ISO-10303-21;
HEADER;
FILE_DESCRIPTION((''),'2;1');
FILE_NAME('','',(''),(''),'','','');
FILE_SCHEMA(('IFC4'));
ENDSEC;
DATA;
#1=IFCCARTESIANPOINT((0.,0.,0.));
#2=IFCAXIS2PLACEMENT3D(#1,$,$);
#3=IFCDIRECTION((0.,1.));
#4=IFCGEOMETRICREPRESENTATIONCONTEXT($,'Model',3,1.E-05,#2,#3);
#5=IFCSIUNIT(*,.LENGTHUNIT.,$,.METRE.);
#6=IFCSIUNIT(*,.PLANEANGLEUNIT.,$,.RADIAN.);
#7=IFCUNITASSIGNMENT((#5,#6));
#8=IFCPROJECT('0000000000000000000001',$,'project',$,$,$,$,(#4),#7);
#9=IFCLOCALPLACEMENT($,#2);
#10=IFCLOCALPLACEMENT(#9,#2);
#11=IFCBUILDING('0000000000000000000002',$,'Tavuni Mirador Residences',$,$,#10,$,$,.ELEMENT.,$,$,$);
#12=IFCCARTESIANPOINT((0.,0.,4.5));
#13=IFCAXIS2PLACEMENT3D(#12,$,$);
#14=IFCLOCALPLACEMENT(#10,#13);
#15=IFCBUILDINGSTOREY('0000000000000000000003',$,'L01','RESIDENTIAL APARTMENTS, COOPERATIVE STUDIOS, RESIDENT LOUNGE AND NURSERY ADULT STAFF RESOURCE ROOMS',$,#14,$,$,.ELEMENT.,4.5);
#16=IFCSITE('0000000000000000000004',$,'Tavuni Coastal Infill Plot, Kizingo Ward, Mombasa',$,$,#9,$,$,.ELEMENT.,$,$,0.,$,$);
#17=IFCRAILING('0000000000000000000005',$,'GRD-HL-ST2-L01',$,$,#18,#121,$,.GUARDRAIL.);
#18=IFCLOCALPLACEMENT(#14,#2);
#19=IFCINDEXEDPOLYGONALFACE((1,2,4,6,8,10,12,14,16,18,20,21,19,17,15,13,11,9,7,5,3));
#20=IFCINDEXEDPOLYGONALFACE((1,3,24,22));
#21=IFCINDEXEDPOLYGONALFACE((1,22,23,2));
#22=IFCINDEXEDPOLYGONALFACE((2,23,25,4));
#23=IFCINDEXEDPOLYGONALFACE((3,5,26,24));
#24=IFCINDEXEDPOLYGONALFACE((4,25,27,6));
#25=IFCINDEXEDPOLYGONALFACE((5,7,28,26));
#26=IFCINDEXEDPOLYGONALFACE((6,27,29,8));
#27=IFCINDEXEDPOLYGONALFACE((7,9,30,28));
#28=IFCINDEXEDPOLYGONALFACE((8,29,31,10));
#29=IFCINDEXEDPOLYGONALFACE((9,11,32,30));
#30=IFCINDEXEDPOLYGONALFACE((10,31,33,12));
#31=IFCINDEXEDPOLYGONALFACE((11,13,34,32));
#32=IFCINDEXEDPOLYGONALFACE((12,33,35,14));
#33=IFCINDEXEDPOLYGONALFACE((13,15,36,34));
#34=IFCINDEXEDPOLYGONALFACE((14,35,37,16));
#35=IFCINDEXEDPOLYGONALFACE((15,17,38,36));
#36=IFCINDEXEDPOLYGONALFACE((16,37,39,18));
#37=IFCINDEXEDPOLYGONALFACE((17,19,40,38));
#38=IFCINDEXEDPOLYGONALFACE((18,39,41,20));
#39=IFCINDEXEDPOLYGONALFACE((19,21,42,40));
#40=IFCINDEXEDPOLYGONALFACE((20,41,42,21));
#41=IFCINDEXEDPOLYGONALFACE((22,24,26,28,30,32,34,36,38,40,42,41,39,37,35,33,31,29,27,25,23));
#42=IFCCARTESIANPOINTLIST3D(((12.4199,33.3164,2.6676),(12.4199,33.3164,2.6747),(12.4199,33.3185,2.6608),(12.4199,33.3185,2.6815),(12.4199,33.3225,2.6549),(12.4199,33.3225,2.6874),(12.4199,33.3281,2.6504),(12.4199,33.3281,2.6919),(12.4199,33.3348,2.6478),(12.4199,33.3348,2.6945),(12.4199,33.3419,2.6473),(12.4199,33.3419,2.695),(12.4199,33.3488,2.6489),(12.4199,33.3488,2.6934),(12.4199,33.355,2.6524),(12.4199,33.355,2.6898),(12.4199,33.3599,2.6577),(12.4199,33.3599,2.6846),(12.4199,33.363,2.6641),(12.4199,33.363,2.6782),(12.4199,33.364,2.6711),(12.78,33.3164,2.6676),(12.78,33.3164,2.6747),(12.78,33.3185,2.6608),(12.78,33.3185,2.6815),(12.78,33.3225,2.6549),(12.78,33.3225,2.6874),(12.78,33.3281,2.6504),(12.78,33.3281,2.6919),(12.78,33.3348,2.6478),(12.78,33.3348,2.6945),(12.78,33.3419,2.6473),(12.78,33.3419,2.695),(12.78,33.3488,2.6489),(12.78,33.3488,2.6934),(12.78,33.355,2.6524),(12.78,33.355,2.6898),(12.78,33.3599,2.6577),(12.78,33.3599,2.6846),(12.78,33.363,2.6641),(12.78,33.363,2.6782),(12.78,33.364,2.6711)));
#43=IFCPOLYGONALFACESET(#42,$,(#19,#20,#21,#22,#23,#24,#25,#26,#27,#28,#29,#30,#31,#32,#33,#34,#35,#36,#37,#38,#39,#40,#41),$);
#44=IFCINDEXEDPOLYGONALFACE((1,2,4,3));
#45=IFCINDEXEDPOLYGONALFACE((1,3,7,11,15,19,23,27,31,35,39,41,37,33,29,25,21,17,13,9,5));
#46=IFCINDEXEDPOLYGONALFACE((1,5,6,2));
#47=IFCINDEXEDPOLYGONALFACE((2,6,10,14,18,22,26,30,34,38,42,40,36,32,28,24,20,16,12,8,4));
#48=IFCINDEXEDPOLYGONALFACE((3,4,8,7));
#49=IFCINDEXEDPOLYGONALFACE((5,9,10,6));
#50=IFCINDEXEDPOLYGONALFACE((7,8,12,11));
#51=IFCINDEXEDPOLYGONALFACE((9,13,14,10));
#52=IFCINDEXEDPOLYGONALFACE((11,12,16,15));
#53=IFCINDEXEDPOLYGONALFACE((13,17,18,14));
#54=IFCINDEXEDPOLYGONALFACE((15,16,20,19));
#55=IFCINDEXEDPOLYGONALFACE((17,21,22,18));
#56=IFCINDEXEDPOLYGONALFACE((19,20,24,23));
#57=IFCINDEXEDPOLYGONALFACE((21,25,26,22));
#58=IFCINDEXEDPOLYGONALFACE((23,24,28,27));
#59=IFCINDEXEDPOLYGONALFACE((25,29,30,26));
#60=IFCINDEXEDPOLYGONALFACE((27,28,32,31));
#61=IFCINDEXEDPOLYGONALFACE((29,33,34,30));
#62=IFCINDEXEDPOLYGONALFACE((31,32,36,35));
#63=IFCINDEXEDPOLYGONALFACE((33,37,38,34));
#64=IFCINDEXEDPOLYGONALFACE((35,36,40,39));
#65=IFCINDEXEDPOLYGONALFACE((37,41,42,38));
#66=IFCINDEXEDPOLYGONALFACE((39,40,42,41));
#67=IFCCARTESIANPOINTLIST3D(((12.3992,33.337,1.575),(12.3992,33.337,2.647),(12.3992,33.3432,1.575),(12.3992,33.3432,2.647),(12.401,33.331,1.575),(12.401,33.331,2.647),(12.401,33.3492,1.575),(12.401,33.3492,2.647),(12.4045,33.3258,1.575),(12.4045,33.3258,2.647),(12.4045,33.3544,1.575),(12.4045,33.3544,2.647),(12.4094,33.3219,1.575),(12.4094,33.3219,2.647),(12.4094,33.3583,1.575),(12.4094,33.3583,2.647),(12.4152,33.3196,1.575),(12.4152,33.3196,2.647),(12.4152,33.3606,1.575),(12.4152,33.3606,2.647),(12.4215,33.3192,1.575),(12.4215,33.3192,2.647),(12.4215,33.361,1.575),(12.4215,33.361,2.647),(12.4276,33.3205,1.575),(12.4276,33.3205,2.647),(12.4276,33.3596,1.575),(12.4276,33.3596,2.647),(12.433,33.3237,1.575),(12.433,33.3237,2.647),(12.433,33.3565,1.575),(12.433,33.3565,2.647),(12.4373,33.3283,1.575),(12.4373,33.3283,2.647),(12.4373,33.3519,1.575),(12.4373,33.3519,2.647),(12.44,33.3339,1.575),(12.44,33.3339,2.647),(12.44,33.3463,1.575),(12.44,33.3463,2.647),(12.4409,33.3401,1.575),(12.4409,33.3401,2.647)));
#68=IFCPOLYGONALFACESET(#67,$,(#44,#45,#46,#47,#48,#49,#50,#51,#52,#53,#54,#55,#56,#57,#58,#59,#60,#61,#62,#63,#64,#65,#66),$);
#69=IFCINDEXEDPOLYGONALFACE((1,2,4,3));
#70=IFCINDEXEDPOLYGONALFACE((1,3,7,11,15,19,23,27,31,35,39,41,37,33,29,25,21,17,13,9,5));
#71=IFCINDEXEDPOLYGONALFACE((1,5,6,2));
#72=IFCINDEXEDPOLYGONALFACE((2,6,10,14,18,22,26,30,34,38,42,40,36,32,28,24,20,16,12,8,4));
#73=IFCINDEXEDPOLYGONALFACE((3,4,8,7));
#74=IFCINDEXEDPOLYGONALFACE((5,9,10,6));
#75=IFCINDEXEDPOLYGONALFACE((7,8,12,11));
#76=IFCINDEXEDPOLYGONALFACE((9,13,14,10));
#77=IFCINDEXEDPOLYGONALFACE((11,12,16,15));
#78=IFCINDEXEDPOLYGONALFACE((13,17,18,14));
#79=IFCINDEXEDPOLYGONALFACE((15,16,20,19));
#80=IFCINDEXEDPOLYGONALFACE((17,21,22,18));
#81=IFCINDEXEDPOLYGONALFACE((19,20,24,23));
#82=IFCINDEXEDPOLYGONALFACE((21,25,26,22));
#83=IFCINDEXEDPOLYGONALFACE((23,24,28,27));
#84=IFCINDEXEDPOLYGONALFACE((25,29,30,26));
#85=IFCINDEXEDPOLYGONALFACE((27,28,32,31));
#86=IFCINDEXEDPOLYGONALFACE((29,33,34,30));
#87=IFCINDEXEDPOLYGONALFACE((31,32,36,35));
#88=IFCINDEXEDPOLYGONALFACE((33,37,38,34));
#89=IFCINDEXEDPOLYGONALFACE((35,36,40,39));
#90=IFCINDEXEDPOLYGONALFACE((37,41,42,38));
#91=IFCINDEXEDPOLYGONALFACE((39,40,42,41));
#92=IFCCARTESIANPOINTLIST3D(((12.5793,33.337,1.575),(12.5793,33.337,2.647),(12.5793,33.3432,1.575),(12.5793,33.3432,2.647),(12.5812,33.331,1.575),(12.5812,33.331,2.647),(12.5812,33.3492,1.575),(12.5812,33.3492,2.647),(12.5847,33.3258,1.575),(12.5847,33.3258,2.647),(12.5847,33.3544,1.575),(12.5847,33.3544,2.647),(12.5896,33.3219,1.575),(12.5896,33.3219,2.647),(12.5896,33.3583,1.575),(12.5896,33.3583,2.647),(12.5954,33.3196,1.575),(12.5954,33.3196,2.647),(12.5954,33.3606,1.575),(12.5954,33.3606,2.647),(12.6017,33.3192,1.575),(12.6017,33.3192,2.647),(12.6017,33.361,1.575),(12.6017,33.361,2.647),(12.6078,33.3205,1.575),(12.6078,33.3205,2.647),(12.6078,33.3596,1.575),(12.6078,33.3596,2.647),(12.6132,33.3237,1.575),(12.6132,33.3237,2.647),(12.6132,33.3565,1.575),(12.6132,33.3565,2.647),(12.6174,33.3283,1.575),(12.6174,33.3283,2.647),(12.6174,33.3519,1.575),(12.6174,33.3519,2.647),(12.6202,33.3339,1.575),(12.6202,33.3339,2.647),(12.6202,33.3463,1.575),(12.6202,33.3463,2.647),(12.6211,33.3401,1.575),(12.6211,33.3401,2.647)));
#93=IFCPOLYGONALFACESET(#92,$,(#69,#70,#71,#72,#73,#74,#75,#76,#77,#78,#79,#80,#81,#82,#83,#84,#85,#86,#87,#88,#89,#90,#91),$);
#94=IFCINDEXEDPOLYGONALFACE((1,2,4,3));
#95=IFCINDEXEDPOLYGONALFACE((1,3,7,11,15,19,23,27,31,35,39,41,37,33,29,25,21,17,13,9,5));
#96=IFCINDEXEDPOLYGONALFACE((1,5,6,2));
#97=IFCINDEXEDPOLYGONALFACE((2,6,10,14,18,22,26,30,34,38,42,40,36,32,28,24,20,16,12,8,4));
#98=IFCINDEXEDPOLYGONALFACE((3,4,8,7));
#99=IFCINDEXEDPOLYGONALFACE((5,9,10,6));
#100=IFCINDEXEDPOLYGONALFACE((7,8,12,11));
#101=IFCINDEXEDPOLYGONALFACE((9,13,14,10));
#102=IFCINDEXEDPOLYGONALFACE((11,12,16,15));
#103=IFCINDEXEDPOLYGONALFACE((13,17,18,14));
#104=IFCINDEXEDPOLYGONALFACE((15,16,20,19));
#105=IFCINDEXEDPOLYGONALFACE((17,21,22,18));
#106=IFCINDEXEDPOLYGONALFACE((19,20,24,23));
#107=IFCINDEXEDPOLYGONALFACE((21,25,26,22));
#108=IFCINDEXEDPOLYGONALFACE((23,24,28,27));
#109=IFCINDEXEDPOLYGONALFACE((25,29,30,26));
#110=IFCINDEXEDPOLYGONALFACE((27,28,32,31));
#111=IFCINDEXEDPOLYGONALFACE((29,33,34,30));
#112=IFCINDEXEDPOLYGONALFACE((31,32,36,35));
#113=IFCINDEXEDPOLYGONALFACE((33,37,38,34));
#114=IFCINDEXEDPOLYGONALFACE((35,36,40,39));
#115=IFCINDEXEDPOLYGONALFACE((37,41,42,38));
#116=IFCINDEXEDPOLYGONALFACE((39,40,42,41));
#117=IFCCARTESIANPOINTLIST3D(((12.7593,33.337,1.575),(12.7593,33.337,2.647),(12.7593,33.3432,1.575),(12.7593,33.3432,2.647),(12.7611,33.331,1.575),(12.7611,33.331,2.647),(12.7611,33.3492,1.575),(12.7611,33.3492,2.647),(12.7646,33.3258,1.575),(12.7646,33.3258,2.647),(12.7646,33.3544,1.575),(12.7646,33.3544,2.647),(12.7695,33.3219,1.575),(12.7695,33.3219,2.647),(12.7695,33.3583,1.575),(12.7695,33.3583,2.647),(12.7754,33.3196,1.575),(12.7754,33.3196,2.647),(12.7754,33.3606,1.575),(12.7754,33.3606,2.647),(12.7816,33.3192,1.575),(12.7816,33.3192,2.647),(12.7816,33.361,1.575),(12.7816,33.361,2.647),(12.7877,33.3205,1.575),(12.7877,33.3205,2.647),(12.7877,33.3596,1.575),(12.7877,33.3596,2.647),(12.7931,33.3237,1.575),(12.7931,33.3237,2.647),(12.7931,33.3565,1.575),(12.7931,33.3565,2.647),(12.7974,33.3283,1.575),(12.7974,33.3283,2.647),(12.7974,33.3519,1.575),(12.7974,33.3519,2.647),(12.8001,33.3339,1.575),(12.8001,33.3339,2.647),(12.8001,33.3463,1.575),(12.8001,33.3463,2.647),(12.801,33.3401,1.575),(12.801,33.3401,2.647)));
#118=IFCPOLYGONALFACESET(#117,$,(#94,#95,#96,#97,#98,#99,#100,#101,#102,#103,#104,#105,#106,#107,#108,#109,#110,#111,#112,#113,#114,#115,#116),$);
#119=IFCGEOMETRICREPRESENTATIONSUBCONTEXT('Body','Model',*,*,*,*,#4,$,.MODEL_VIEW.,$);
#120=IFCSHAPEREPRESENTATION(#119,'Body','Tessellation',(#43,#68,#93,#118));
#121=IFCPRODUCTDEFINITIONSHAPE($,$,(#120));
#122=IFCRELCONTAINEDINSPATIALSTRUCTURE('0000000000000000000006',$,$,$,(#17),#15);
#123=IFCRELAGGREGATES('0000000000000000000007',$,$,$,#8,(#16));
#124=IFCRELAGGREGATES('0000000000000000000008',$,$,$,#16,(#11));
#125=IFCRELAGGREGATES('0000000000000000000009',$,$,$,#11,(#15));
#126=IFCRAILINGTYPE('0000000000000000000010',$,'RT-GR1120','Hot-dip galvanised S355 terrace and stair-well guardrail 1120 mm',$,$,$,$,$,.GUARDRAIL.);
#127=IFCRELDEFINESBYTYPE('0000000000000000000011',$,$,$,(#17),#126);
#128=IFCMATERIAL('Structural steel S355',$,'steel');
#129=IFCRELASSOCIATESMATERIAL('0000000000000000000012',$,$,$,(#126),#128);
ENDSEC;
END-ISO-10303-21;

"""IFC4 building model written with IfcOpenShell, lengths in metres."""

from ifc_helpers import new_model, si_unit, direction, frame, origin, origin_2d, place, context, subcontext, project, spatial, circle, extrude, material, type_object, element, save


model = new_model("IFC4")

# Units and contexts
model_context = context("Model", 3, precision=1e-05, world=origin(), true_north=direction((0.0, 1.0)))
body_context = subcontext(model_context, "Body", "Model", "MODEL_VIEW")
ifc_project = project(units=[si_unit("LENGTHUNIT", "METRE"), si_unit("PLANEANGLEUNIT", "RADIAN")], contexts=[model_context])

# Site, building, storey
site_placement = place(None, origin())
site = spatial("IfcSite", under=ifc_project, at=site_placement, Name="Tavuni Coastal Infill Plot, Kizingo Ward, Mombasa", CompositionType="ELEMENT", RefElevation=0.0)
building_placement = place(site_placement, origin())
building = spatial("IfcBuilding", under=site, at=building_placement, Name="Tavuni Mirador Residences", CompositionType="ELEMENT")
storey_placement = place(building_placement, frame((0.0, 0.0, 4.5)))
storey = spatial("IfcBuildingStorey", under=building, at=storey_placement, Name="L01", Description="RESIDENTIAL APARTMENTS, COOPERATIVE STUDIOS, RESIDENT LOUNGE AND NURSERY ADULT STAFF RESOURCE ROOMS", CompositionType="ELEMENT", Elevation=4.5)

# Shared definitions
ifc_material_1 = material(Name="Structural steel S355", Category="steel")

# Railing
railing_type_1 = type_object("IfcRailingType", Name="RT-GR1120", Description="Hot-dip galvanised S355 terrace and stair-well guardrail 1120 mm", PredefinedType="GUARDRAIL", material=ifc_material_1)
railing_1_placement = place(storey_placement, frame((12.4199, 33.3401, 1.575)))
element("IfcRailing", 1, at=railing_1_placement, inside=storey, type_object=railing_type_1, Name="GRD-HL-ST2-L01", PredefinedType="GUARDRAIL", context=body_context, shape_type="SweptSolid", body=[
    extrude(circle(Radius=0.0239, at=origin_2d()), frame((0.0, 0.0, 1.0962), z_axis=(1.0, 0.0, 0.0), x_axis=(0.0, 1.0, 0.0)), (0.0, 0.0, 1.0), 0.3601),
    extrude(circle(Radius=0.021, at=origin_2d()), origin(), (0.0, 0.0, 1.0), 1.072),
    extrude(circle(Radius=0.021, at=origin_2d()), frame((0.1802, 0.0, 0.0)), (0.0, 0.0, 1.0), 1.072),
    extrude(circle(Radius=0.021, at=origin_2d()), frame((0.3601, 0.0, 0.0)), (0.0, 0.0, 1.0), 1.072),
])

save(model, "model.ifc")
